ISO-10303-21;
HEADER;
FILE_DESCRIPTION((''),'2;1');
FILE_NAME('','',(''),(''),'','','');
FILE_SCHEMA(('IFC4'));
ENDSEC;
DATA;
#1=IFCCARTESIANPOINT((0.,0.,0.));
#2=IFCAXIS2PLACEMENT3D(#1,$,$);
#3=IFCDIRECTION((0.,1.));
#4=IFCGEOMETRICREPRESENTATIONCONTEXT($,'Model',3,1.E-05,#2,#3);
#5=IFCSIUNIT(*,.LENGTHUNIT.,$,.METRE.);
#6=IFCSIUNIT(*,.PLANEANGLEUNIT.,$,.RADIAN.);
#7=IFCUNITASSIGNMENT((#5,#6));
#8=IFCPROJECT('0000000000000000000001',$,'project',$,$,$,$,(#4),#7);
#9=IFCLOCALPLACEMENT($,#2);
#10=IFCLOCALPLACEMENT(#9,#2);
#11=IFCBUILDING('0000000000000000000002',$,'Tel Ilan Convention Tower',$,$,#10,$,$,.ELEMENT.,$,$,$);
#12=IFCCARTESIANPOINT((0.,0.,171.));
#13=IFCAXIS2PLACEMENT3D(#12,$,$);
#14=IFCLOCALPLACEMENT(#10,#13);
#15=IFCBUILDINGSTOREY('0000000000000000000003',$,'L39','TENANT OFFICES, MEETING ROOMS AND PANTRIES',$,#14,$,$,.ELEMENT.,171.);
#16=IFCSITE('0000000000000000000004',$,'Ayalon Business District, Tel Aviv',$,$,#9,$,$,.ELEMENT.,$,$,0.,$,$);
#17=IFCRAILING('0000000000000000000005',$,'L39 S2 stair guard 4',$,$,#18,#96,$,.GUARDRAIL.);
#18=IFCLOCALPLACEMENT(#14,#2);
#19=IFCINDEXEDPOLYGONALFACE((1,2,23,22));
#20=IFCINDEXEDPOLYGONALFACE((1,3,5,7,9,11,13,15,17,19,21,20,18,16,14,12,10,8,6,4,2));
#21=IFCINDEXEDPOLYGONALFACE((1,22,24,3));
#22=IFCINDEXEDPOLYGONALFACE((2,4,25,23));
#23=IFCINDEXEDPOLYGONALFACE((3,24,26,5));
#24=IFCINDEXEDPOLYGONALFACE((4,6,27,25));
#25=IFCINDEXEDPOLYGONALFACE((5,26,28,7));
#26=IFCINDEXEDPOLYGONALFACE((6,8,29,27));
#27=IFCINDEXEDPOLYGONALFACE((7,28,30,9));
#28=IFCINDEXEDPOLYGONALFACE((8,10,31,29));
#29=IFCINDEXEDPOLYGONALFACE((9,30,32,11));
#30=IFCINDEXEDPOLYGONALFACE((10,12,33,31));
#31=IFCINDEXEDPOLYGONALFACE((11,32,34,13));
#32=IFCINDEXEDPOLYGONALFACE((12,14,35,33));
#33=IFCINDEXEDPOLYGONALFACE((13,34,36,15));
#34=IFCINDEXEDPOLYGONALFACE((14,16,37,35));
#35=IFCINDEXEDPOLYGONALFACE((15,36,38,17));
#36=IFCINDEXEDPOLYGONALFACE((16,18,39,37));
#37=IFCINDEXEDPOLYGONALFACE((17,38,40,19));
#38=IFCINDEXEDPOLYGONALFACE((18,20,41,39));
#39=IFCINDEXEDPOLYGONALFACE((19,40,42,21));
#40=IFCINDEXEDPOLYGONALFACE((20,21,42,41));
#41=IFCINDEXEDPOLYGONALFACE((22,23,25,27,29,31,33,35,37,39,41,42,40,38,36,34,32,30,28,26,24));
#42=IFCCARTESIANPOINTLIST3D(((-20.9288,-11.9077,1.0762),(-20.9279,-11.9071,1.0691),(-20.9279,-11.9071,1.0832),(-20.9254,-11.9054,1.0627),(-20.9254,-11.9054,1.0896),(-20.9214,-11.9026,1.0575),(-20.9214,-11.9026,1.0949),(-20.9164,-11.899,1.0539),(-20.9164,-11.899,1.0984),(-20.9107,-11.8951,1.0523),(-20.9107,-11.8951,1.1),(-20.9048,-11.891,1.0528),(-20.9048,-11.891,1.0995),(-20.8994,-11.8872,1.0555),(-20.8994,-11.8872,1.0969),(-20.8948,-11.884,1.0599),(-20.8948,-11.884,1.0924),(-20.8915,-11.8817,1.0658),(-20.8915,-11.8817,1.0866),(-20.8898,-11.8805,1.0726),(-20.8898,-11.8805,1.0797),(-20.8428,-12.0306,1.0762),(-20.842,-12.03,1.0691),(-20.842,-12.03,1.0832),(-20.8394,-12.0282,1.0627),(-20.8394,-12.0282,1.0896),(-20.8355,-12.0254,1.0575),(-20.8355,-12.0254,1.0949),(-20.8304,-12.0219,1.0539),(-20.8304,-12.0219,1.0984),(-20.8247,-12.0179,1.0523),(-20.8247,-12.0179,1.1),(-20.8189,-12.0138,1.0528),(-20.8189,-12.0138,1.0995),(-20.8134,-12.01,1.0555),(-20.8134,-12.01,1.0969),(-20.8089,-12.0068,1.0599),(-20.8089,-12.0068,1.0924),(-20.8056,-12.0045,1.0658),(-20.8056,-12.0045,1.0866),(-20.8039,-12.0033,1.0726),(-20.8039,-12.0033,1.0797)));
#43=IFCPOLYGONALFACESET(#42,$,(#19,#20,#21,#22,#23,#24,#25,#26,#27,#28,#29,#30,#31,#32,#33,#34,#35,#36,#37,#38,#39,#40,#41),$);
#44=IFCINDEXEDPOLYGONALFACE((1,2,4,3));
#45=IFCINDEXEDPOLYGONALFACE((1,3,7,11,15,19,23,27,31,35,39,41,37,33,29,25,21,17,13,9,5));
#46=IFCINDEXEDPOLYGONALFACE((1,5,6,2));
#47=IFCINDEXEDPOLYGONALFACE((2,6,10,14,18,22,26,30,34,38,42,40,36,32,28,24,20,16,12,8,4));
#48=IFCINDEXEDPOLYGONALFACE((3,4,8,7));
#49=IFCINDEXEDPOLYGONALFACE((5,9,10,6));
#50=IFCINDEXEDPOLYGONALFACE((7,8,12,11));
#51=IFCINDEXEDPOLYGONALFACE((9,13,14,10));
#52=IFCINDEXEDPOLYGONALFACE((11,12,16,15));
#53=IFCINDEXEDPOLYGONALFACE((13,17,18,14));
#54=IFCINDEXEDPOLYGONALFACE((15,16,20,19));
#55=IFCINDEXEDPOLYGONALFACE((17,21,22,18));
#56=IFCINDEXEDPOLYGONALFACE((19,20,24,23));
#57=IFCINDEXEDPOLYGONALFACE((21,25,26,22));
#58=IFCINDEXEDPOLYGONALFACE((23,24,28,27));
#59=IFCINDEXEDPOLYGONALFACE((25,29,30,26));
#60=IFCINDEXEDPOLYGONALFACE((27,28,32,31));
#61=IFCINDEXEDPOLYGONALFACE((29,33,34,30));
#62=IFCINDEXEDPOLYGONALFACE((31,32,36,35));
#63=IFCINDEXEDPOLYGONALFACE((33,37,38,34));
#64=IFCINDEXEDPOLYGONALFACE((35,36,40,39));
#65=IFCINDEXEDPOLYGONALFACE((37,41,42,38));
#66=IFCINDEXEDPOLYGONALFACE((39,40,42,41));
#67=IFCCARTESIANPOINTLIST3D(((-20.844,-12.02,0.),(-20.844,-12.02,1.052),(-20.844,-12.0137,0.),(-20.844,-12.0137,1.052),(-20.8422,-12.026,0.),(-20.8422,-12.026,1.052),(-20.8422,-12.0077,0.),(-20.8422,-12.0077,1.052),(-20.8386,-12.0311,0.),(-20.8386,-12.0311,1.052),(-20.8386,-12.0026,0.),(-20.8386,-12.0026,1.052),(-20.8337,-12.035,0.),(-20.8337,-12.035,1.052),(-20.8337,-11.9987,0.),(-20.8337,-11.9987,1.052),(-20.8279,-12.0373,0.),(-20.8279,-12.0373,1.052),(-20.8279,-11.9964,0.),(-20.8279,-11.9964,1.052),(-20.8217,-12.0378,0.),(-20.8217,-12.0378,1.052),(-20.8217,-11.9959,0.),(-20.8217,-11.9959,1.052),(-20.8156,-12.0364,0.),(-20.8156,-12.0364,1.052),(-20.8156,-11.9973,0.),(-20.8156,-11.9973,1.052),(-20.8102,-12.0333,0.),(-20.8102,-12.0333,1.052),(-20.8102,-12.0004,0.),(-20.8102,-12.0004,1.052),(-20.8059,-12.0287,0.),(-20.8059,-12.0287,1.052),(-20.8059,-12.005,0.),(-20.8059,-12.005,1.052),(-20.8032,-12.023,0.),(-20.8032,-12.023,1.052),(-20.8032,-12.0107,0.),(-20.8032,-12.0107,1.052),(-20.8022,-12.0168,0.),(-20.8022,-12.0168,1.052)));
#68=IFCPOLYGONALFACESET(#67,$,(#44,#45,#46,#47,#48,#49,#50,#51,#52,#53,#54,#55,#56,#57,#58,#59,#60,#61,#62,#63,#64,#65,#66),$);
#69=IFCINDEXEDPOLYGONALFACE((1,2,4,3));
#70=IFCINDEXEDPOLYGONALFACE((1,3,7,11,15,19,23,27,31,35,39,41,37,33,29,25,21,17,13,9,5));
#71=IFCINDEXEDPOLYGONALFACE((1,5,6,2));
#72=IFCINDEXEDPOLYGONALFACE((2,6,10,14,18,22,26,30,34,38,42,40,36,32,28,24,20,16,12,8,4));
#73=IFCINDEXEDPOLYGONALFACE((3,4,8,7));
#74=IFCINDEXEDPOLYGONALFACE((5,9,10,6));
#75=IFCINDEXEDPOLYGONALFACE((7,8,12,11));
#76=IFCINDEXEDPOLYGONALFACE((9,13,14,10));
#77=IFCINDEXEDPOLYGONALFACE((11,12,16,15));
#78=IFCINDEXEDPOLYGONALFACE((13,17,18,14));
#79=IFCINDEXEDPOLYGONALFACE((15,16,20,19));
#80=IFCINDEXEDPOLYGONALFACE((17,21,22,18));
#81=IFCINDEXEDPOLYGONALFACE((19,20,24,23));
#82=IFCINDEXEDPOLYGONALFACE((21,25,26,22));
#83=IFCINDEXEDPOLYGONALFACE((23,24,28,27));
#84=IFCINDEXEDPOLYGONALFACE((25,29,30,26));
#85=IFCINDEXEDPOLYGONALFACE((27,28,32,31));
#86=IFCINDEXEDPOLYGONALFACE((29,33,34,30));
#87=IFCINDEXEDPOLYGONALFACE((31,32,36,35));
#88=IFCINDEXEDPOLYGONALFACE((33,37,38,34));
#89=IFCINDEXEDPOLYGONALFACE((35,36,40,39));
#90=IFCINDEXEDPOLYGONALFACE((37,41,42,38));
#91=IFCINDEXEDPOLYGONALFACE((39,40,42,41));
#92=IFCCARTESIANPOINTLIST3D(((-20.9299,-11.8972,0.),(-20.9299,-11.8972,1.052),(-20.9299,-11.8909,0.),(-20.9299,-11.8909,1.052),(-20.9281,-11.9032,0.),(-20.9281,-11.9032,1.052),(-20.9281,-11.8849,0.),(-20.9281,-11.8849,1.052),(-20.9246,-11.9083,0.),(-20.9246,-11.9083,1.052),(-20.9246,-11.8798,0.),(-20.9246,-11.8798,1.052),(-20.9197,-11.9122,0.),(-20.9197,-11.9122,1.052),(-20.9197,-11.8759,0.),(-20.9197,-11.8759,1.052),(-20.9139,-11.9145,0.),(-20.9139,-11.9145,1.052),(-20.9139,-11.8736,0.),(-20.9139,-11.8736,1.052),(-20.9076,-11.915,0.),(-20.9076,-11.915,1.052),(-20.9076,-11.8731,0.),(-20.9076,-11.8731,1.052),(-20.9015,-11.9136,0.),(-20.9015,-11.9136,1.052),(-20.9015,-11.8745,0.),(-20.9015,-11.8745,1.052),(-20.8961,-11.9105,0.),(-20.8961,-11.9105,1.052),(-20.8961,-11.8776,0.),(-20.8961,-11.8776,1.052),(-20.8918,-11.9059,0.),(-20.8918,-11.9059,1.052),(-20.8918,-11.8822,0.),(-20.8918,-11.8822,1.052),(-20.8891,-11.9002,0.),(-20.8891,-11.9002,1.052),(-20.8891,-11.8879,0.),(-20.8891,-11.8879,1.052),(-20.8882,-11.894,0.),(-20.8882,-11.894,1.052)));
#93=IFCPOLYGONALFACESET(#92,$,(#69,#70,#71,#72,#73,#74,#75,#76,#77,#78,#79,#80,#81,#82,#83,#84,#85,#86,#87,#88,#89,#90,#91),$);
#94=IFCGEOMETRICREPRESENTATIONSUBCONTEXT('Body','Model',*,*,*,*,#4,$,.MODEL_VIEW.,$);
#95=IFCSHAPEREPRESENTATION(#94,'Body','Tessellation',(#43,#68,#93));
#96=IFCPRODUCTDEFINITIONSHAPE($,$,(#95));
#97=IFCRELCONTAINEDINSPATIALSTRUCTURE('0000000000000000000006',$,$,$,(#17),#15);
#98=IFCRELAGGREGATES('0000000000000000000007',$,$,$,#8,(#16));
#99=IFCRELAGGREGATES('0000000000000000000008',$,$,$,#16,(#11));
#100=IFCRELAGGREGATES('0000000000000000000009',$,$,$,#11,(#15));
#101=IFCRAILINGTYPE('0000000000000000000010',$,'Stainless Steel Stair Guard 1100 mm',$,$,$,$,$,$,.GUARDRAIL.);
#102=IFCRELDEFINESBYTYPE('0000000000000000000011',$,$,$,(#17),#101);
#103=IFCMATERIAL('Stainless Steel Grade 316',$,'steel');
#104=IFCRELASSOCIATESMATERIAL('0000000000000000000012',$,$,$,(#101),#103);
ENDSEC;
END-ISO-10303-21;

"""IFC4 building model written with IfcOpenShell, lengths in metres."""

from ifc_helpers import new_model, si_unit, direction, frame, origin, origin_2d, place, context, subcontext, project, spatial, circle, extrude, material, type_object, element, save


model = new_model("IFC4")

# Units and contexts
model_context = context("Model", 3, precision=1e-05, world=origin(), true_north=direction((0.0, 1.0)))
body_context = subcontext(model_context, "Body", "Model", "MODEL_VIEW")
ifc_project = project(units=[si_unit("LENGTHUNIT", "METRE"), si_unit("PLANEANGLEUNIT", "RADIAN")], contexts=[model_context])

# Site, building, storey
site_placement = place(None, origin())
site = spatial("IfcSite", under=ifc_project, at=site_placement, Name="Ayalon Business District, Tel Aviv", CompositionType="ELEMENT", RefElevation=0.0)
building_placement = place(site_placement, origin())
building = spatial("IfcBuilding", under=site, at=building_placement, Name="Tel Ilan Convention Tower", CompositionType="ELEMENT")
storey_placement = place(building_placement, frame((0.0, 0.0, 171.0)))
storey = spatial("IfcBuildingStorey", under=building, at=storey_placement, Name="L39", Description="TENANT OFFICES, MEETING ROOMS AND PANTRIES", CompositionType="ELEMENT", Elevation=171.0)

# Railing
ifc_material_1 = material(Name="Stainless Steel Grade 316", Category="steel")
railing_type_1 = type_object("IfcRailingType", Name="Stainless Steel Stair Guard 1100 mm", PredefinedType="GUARDRAIL", material=ifc_material_1)
railing_1_placement = place(storey_placement, frame((-20.8232, -12.0168, 0.0)))
element("IfcRailing", 1, at=railing_1_placement, inside=storey, type_object=railing_type_1, Name="L39 S2 stair guard 4", PredefinedType="GUARDRAIL", context=body_context, shape_type="SweptSolid", body=[
    extrude(circle(Radius=0.0239, at=origin_2d()), frame((0.0, 0.0, 1.0762), z_axis=(-0.573353, 0.819308, 0.0), x_axis=(-0.819308, -0.573353, 0.0)), (0.0, 0.0, 1.0), 0.1499),
    extrude(circle(Radius=0.021, at=origin_2d()), origin(), (0.0, 0.0, 1.0), 1.052),
    extrude(circle(Radius=0.021, at=origin_2d()), frame((-0.0859, 0.1228, 0.0)), (0.0, 0.0, 1.0), 1.052),
])

save(model, "model.ifc")
